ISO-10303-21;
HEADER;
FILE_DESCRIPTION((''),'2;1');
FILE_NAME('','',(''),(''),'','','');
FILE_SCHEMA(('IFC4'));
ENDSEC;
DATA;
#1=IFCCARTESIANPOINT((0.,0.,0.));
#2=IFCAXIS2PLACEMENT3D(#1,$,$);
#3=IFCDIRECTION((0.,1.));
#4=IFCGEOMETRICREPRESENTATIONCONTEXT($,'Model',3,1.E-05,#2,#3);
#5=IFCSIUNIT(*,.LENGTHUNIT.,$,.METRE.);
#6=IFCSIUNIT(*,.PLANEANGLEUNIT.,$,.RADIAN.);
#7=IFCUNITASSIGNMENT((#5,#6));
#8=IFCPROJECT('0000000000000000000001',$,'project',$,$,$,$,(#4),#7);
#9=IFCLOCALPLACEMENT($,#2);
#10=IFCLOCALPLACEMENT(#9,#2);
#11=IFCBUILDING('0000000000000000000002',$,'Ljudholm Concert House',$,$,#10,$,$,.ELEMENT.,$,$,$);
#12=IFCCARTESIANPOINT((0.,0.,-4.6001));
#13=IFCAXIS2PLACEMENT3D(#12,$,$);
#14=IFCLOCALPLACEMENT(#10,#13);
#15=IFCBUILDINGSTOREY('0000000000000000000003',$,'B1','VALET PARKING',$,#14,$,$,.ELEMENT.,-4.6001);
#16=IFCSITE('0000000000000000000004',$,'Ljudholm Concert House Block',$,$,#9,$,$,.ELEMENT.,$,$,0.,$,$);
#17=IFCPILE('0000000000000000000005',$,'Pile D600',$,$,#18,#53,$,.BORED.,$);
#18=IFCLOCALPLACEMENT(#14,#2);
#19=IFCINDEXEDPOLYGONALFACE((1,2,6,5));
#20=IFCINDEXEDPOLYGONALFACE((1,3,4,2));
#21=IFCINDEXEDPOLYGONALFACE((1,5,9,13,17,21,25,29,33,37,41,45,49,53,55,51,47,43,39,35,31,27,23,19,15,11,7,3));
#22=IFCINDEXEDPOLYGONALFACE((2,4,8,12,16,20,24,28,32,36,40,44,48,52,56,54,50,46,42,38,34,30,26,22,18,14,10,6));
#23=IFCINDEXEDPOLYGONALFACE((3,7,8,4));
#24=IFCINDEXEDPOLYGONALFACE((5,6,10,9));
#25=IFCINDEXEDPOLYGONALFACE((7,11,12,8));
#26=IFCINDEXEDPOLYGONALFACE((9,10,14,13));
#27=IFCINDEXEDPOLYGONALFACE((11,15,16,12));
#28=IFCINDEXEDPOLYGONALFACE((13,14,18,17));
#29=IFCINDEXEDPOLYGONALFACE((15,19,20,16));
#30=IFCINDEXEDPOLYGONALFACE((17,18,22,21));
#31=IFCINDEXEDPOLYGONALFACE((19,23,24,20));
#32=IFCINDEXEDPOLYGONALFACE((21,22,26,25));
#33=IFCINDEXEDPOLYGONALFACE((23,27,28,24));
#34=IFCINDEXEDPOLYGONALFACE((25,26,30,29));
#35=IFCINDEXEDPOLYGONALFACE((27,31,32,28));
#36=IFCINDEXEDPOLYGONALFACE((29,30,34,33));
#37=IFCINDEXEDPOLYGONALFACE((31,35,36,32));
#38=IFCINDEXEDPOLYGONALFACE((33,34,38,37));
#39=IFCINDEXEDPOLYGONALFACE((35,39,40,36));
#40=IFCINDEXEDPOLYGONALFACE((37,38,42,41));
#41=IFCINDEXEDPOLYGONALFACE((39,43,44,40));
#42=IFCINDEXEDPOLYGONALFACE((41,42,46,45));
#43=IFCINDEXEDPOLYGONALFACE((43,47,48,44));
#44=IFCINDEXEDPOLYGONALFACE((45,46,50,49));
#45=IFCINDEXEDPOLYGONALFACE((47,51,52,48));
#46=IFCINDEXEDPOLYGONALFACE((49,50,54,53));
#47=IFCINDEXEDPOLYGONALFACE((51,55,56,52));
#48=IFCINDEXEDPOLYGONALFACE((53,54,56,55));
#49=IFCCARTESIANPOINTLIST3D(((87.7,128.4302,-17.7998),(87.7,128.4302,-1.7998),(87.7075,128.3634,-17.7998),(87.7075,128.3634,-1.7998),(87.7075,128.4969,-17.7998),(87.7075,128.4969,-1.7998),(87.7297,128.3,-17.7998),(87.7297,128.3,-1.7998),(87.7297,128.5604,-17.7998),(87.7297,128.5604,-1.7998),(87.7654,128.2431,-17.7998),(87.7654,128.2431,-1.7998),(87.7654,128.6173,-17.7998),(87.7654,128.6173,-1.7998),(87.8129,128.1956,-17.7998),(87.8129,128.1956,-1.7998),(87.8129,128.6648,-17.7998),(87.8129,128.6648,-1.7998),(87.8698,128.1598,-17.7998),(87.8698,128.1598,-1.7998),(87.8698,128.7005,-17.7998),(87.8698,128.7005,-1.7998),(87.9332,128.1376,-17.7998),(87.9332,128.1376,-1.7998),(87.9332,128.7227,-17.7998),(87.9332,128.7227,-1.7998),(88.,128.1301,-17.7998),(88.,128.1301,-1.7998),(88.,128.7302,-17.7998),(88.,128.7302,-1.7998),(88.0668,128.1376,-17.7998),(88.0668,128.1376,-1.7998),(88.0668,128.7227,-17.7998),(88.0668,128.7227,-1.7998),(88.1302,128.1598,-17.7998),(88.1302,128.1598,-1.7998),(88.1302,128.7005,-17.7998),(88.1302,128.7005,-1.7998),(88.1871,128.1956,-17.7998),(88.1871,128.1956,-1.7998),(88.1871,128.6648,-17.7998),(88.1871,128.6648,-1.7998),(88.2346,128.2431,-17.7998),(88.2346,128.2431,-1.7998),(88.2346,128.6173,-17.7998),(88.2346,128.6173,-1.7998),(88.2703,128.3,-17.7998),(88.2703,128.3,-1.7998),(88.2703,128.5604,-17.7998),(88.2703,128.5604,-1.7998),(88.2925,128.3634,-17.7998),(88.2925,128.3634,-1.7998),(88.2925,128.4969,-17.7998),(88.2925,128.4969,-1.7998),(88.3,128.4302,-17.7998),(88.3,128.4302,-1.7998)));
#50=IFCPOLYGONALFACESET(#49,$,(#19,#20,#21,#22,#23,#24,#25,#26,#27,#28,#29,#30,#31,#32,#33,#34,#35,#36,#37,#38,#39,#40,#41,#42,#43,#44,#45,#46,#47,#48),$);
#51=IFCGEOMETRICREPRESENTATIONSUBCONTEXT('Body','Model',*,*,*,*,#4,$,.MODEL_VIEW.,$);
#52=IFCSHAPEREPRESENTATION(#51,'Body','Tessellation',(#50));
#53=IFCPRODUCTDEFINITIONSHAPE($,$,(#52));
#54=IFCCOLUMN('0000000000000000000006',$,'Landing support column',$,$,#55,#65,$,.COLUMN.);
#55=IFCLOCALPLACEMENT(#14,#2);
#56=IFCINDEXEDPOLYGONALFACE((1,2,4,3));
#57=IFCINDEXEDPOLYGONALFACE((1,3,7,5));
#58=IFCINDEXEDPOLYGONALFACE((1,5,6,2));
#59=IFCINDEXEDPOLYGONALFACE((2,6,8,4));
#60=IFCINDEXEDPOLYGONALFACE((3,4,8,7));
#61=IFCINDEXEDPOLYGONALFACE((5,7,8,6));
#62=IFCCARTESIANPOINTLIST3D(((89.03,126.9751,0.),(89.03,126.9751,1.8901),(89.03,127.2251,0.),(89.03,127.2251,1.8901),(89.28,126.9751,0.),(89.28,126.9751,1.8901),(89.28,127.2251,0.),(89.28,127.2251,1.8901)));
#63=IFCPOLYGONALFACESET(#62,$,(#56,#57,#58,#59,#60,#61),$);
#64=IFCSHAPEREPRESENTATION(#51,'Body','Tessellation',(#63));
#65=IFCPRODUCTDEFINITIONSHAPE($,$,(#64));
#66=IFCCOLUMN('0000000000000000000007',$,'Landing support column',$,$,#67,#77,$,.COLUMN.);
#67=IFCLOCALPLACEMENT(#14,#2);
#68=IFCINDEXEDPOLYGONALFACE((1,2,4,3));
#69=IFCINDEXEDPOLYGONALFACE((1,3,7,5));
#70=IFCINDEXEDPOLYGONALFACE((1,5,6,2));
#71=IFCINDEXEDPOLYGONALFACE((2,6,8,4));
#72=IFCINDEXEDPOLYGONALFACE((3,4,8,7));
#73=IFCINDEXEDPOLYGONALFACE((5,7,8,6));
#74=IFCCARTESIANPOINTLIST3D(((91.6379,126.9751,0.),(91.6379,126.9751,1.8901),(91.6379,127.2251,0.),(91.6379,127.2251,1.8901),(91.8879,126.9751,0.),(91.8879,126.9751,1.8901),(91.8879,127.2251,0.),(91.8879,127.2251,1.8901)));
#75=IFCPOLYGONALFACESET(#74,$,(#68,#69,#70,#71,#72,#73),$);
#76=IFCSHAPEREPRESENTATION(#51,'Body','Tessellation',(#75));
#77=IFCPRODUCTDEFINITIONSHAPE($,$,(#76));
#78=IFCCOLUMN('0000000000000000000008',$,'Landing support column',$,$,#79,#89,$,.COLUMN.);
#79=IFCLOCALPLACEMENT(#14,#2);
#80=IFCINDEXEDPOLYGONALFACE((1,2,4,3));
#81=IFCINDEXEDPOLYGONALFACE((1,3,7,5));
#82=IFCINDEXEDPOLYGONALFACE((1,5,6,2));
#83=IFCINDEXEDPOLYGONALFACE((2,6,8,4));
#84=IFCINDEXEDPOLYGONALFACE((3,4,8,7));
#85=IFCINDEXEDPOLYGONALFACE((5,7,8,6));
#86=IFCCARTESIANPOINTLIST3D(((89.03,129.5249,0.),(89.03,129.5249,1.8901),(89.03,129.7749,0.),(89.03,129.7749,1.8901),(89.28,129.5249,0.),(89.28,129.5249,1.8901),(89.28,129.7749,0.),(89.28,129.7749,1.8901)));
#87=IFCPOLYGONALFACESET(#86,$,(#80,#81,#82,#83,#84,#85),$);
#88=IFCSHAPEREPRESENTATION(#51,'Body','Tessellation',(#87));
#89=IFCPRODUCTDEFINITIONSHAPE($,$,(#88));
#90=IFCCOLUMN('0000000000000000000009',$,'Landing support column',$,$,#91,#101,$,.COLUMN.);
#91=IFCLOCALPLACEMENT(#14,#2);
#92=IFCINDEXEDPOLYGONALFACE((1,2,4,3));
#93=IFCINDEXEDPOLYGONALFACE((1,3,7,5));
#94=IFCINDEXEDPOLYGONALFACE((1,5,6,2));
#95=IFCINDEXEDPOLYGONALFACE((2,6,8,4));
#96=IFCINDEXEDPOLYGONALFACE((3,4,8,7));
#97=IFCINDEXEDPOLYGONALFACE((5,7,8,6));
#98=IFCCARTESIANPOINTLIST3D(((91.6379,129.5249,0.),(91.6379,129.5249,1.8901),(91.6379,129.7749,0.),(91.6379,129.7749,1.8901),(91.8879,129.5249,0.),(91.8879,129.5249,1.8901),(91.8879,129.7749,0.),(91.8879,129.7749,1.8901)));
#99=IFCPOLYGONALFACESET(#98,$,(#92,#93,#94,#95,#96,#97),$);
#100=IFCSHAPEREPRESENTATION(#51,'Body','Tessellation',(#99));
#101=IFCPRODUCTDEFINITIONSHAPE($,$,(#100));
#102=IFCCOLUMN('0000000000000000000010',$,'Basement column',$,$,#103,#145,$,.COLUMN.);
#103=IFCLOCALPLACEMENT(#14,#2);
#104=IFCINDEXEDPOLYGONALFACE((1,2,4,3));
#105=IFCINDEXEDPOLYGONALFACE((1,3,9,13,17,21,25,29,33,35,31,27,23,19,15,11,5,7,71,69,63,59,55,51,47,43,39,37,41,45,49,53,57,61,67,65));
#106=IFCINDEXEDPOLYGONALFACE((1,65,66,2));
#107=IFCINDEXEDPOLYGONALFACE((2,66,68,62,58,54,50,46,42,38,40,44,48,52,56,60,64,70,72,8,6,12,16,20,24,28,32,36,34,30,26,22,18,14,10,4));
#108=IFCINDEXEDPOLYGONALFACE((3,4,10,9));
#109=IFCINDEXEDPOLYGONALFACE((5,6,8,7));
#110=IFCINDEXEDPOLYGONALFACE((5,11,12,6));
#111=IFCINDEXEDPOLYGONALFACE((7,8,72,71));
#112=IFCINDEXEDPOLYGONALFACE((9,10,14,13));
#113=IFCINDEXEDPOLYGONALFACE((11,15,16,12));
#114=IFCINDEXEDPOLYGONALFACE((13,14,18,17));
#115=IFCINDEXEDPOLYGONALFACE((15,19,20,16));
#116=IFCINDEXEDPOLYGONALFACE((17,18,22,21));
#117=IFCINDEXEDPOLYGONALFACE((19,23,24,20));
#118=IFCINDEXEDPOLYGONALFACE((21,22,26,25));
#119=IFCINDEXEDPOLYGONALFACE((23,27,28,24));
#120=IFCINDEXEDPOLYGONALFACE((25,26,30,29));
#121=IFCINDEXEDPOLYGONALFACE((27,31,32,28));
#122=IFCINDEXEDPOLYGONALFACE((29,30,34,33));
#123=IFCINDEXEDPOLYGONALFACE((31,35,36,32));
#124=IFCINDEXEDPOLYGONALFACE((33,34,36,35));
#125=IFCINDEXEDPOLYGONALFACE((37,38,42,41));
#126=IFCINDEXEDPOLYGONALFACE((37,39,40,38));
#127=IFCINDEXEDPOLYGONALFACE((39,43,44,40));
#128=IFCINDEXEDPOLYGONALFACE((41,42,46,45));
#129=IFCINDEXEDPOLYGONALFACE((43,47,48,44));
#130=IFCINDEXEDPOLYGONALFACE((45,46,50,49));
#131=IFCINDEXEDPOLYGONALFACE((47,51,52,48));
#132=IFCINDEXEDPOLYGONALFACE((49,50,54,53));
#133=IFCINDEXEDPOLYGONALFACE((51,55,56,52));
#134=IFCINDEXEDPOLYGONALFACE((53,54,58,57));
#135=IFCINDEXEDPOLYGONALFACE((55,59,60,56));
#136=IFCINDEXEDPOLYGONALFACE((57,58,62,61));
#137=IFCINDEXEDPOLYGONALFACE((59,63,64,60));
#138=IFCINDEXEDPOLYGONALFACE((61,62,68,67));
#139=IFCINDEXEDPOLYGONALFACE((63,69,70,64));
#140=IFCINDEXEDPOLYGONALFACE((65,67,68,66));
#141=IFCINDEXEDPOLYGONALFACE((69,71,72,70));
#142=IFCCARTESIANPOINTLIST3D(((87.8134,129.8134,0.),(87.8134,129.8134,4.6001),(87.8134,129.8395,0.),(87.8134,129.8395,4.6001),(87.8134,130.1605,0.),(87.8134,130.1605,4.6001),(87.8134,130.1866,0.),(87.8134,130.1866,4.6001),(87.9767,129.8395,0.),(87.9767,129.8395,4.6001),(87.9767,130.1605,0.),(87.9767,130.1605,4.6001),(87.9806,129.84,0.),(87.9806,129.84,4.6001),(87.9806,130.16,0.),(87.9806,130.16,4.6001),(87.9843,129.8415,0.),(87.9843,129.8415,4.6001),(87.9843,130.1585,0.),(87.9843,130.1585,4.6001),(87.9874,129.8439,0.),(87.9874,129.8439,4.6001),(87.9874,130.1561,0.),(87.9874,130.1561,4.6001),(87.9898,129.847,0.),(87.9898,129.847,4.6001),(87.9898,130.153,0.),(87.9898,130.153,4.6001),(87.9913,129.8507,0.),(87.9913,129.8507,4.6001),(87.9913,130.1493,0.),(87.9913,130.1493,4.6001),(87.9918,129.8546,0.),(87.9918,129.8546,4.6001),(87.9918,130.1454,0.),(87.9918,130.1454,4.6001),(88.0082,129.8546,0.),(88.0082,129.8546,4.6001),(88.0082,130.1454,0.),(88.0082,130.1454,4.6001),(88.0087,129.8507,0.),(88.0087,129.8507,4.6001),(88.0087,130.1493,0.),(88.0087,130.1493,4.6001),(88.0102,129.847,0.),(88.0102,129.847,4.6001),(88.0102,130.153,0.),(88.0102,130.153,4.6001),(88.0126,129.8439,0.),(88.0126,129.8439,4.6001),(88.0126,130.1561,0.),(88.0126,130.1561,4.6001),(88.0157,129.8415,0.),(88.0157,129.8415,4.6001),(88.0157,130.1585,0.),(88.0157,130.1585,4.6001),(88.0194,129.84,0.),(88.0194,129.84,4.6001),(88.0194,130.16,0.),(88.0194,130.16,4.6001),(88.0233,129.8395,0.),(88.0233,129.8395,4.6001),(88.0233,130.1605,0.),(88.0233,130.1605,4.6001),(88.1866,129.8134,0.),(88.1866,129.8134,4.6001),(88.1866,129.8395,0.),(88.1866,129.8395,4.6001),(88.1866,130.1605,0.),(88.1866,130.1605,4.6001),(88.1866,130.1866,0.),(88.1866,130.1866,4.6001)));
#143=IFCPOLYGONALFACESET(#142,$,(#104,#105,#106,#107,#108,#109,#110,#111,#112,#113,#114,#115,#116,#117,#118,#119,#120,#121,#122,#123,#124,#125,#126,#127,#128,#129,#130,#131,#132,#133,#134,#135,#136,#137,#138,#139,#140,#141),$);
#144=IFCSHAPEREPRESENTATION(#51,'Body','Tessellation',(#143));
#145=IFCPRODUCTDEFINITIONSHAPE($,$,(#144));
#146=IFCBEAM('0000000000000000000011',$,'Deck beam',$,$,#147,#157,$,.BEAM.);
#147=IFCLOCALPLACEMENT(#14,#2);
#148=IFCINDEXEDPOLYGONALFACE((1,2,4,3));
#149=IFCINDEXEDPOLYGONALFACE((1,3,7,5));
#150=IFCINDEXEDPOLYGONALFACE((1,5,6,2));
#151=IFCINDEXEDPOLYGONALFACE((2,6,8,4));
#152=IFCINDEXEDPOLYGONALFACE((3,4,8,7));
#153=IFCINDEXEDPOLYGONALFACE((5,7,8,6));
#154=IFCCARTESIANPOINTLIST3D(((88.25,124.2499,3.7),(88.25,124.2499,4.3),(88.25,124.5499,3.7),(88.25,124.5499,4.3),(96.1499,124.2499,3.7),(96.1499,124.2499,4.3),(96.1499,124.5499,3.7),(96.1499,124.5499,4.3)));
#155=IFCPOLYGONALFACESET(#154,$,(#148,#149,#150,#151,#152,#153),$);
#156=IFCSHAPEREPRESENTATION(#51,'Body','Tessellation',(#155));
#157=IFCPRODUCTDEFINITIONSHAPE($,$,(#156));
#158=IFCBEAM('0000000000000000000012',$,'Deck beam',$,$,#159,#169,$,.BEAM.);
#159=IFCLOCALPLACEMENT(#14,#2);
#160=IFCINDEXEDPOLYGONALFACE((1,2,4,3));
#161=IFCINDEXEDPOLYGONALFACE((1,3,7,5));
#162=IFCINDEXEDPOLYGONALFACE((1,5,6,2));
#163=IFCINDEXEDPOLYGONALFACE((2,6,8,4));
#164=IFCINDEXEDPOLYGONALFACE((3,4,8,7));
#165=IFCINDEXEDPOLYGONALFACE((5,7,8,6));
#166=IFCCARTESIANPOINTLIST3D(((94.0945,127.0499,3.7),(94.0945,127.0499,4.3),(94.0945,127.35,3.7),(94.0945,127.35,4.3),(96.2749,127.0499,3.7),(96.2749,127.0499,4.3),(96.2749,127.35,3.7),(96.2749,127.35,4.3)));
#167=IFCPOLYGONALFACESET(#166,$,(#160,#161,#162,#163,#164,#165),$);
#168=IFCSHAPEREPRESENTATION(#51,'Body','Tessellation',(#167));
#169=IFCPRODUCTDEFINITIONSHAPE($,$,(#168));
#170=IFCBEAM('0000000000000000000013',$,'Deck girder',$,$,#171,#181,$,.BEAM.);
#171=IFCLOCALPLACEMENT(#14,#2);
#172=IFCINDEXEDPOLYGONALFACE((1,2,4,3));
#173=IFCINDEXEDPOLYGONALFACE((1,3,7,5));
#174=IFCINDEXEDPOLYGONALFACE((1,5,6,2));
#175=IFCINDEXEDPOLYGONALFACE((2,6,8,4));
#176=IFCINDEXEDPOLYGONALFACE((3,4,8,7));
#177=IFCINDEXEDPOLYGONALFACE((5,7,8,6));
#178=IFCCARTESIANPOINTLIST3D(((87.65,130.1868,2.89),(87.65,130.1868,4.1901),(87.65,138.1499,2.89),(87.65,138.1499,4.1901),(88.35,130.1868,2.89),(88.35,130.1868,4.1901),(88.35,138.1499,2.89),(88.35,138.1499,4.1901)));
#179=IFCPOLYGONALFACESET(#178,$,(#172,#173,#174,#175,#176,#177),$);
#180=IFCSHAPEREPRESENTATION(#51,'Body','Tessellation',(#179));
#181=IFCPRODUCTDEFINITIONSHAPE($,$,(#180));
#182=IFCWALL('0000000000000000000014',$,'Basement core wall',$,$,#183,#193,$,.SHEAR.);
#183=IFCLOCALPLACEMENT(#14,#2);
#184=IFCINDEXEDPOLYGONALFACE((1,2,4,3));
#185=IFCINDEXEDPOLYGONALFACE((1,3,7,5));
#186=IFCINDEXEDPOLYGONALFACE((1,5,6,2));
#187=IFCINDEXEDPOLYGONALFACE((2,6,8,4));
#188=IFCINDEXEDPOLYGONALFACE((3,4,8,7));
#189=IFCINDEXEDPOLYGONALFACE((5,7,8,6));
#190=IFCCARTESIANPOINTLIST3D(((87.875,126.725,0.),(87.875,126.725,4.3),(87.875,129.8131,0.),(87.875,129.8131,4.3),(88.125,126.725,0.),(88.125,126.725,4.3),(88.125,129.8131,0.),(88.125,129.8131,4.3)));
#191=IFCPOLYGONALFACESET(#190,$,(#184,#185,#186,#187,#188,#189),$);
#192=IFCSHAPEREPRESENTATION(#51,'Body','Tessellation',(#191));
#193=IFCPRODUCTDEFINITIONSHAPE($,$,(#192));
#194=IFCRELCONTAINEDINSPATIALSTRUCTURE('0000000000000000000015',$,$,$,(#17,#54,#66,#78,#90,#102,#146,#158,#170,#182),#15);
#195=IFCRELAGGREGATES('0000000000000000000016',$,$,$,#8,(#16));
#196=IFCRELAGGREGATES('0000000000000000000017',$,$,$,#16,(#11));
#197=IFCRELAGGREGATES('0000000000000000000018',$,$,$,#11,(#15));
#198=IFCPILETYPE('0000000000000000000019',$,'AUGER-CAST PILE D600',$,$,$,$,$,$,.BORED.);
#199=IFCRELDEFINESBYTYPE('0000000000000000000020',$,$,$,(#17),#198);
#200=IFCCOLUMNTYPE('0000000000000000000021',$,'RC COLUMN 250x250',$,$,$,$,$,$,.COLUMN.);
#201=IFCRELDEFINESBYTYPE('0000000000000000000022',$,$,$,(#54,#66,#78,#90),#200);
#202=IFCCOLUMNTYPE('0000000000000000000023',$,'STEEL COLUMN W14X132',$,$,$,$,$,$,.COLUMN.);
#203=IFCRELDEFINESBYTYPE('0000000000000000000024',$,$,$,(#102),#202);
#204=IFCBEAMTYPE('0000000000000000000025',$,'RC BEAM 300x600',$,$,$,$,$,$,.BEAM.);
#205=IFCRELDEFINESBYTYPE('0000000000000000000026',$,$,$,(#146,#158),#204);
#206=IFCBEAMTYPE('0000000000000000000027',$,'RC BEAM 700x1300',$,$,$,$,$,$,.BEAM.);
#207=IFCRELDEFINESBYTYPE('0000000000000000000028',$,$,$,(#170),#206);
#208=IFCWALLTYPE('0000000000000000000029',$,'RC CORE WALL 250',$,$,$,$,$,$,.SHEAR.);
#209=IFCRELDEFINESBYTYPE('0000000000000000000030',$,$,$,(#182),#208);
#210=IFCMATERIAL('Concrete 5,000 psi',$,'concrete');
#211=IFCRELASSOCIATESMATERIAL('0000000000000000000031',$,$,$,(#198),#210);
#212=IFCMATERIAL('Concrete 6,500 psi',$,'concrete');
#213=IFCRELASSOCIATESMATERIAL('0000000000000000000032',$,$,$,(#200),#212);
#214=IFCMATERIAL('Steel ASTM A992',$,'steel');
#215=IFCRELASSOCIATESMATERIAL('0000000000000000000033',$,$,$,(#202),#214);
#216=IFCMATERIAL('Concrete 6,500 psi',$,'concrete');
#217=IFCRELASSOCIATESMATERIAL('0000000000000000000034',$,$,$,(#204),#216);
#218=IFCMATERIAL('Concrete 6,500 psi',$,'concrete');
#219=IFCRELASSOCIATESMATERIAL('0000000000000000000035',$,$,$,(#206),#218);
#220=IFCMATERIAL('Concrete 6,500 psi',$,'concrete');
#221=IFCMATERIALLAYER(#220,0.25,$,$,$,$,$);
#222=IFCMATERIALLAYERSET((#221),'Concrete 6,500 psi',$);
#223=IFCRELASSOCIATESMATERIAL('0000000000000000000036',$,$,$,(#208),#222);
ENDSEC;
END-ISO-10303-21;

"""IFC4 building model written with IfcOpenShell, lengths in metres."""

from ifc_helpers import new_model, si_unit, direction, frame, frame_2d, origin, origin_2d, place, context, subcontext, project, spatial, rectangle, circle, i_section, extrude, material, layer, layer_set, material_profile, profile_set, type_object, element, save


model = new_model("IFC4")

# Units and contexts
model_context = context("Model", 3, precision=1e-05, world=origin(), true_north=direction((0.0, 1.0)))
body_context = subcontext(model_context, "Body", "Model", "MODEL_VIEW")
ifc_project = project(units=[si_unit("LENGTHUNIT", "METRE"), si_unit("PLANEANGLEUNIT", "RADIAN")], contexts=[model_context])

# Site, building, storey
site_placement = place(None, origin())
site = spatial("IfcSite", under=ifc_project, at=site_placement, Name="Ljudholm Concert House Block", CompositionType="ELEMENT", RefElevation=0.0)
building_placement = place(site_placement, origin())
building = spatial("IfcBuilding", under=site, at=building_placement, Name="Ljudholm Concert House", CompositionType="ELEMENT")
storey_placement = place(building_placement, frame((0.0, 0.0, -4.6001)))
storey = spatial("IfcBuildingStorey", under=building, at=storey_placement, Name="B1", Description="VALET PARKING", CompositionType="ELEMENT", Elevation=-4.6001)

# Pile
ifc_material_1 = material(Name="Concrete 5,000 psi", Category="concrete")
ifc_material_profile_1 = material_profile(ifc_material_1, circle(Radius=0.3, at=origin_2d()), Name="AUGER-CAST PILE D600")
ifc_profile_set_1 = profile_set([ifc_material_profile_1], Name="Concrete 5,000 psi")
pile_type = type_object("IfcPileType", Name="AUGER-CAST PILE D600", PredefinedType="BORED", material=ifc_profile_set_1)
for number, where, z_axis, x_axis, name in (
    (1, (88.0, 128.4302, -1.7998), (0.0, 0.0, -1.0), (1.0, 0.0, 0.0), "Pile D600"),
):
    element("IfcPile", number, at=place(storey_placement, frame(where, z_axis=z_axis, x_axis=x_axis)), inside=storey, type_object=pile_type, Name=name, PredefinedType="BORED", context=body_context, shape_type="SweptSolid", body=[
        extrude(circle(Radius=0.3, at=origin_2d()), origin(), (0.0, 0.0, 1.0), 16.0),
    ])

# Columns
ifc_material_2 = material(Name="Concrete 6,500 psi", Category="concrete")
ifc_material_profile_2 = material_profile(ifc_material_2, rectangle(XDim=0.25, YDim=0.25, at=origin_2d()), Name="RC COLUMN 250x250")
ifc_profile_set_2 = profile_set([ifc_material_profile_2], Name="Concrete 6,500 psi")
column_type_1 = type_object("IfcColumnType", Name="RC COLUMN 250x250", PredefinedType="COLUMN", material=ifc_profile_set_2)
for number, where, z_axis, x_axis, name in (
    (2, (89.155, 127.1001, 0.0), (0.0, 0.0, 1.0), (1.0, 0.0, 0.0), "Landing support column"),
    (3, (91.7629, 127.1001, 0.0), (0.0, 0.0, 1.0), (1.0, 0.0, 0.0), "Landing support column"),
    (4, (89.155, 129.6499, 0.0), (0.0, 0.0, 1.0), (1.0, 0.0, 0.0), "Landing support column"),
    (5, (91.7629, 129.6499, 0.0), (0.0, 0.0, 1.0), (1.0, 0.0, 0.0), "Landing support column"),
):
    element("IfcColumn", number, at=place(storey_placement, frame(where, z_axis=z_axis, x_axis=x_axis)), inside=storey, type_object=column_type_1, Name=name, PredefinedType="COLUMN", context=body_context, shape_type="SweptSolid", body=[
        extrude(rectangle(XDim=0.25, YDim=0.25, at=origin_2d()), origin(), (0.0, 0.0, 1.0), 1.8901),
    ])
ifc_material_3 = material(Name="Steel ASTM A992", Category="steel")
ifc_material_profile_3 = material_profile(ifc_material_3, i_section(OverallWidth=0.3733, OverallDepth=0.3733, WebThickness=0.0164, FlangeThickness=0.0261, FilletRadius=0.0151, at=origin_2d()), Name="W14X132")
ifc_profile_set_3 = profile_set([ifc_material_profile_3], Name="Steel ASTM A992")
column_type_2 = type_object("IfcColumnType", Name="STEEL COLUMN W14X132", PredefinedType="COLUMN", material=ifc_profile_set_3)
column_placement = place(storey_placement, frame((88.0, 130.0, 0.0), z_axis=(0.0, 0.0, 1.0), x_axis=(1.0, 0.0, 0.0)))
element("IfcColumn", 6, at=column_placement, inside=storey, type_object=column_type_2, Name="Basement column", PredefinedType="COLUMN", context=body_context, shape_type="SweptSolid", body=[
    extrude(i_section(OverallWidth=0.3733, OverallDepth=0.3733, WebThickness=0.0164, FlangeThickness=0.0261, FilletRadius=0.0151, at=origin_2d()), origin(), (0.0, 0.0, 1.0), 4.6001),
])

# Beams
ifc_material_4 = material(Name="Concrete 6,500 psi", Category="concrete")
ifc_material_profile_4 = material_profile(ifc_material_4, rectangle(XDim=0.3, YDim=0.6001, at=origin_2d()), Name="RC BEAM 300x600")
ifc_profile_set_4 = profile_set([ifc_material_profile_4], Name="Concrete 6,500 psi")
beam_type_1 = type_object("IfcBeamType", Name="RC BEAM 300x600", PredefinedType="BEAM", material=ifc_profile_set_4)
beam_1_placement = place(storey_placement, frame((88.25, 124.3999, 4.0), z_axis=(1.0, 0.0, 0.0), x_axis=(0.0, 1.0, 0.0)))
element("IfcBeam", 7, at=beam_1_placement, inside=storey, type_object=beam_type_1, Name="Deck beam", PredefinedType="BEAM", context=body_context, shape_type="SweptSolid", body=[
    extrude(rectangle(XDim=0.3, YDim=0.6001, at=origin_2d()), origin(), (0.0, 0.0, 1.0), 7.8999),
])
beam_2_placement = place(storey_placement, frame((94.0945, 127.2, 4.0), z_axis=(1.0, 0.0, 0.0), x_axis=(0.0, 1.0, 0.0)))
element("IfcBeam", 8, at=beam_2_placement, inside=storey, type_object=beam_type_1, Name="Deck beam", PredefinedType="BEAM", context=body_context, shape_type="SweptSolid", body=[
    extrude(rectangle(XDim=0.3, YDim=0.6001, at=origin_2d()), origin(), (0.0, 0.0, 1.0), 2.1804),
])
ifc_material_5 = material(Name="Concrete 6,500 psi", Category="concrete")
ifc_material_profile_5 = material_profile(ifc_material_5, rectangle(XDim=0.7, YDim=1.3, at=origin_2d()), Name="RC BEAM 700x1300")
ifc_profile_set_5 = profile_set([ifc_material_profile_5], Name="Concrete 6,500 psi")
beam_type_2 = type_object("IfcBeamType", Name="RC BEAM 700x1300", PredefinedType="BEAM", material=ifc_profile_set_5)
beam_3_placement = place(storey_placement, frame((88.0, 130.1868, 3.54), z_axis=(0.0, 1.0, 0.0), x_axis=(-1.0, 0.0, 0.0)))
element("IfcBeam", 9, at=beam_3_placement, inside=storey, type_object=beam_type_2, Name="Deck girder", PredefinedType="BEAM", context=body_context, shape_type="SweptSolid", body=[
    extrude(rectangle(XDim=0.7, YDim=1.3, at=origin_2d()), origin(), (0.0, 0.0, 1.0), 7.9631),
])

# Wall
ifc_material_6 = material(Name="Concrete 6,500 psi", Category="concrete")
ifc_layer_1 = layer(ifc_material_6, 0.25)
ifc_layer_set_1 = layer_set([ifc_layer_1], Name="Concrete 6,500 psi")
wall_type_1 = type_object("IfcWallType", Name="RC CORE WALL 250", PredefinedType="SHEAR", material=ifc_layer_set_1)
wall_1_placement = place(storey_placement, frame((88.0, 126.7251, 0.0), z_axis=(0.0, 0.0, 1.0), x_axis=(0.0, 1.0, 0.0)))
element("IfcWall", 10, at=wall_1_placement, inside=storey, type_object=wall_type_1, Name="Basement core wall", PredefinedType="SHEAR", context=body_context, shape_type="SweptSolid", body=[
    extrude(rectangle(XDim=3.0881, YDim=0.25, at=frame_2d((1.5439, 0.0))), origin(), (0.0, 0.0, 1.0), 4.3),
])

save(model, "model.ifc")
